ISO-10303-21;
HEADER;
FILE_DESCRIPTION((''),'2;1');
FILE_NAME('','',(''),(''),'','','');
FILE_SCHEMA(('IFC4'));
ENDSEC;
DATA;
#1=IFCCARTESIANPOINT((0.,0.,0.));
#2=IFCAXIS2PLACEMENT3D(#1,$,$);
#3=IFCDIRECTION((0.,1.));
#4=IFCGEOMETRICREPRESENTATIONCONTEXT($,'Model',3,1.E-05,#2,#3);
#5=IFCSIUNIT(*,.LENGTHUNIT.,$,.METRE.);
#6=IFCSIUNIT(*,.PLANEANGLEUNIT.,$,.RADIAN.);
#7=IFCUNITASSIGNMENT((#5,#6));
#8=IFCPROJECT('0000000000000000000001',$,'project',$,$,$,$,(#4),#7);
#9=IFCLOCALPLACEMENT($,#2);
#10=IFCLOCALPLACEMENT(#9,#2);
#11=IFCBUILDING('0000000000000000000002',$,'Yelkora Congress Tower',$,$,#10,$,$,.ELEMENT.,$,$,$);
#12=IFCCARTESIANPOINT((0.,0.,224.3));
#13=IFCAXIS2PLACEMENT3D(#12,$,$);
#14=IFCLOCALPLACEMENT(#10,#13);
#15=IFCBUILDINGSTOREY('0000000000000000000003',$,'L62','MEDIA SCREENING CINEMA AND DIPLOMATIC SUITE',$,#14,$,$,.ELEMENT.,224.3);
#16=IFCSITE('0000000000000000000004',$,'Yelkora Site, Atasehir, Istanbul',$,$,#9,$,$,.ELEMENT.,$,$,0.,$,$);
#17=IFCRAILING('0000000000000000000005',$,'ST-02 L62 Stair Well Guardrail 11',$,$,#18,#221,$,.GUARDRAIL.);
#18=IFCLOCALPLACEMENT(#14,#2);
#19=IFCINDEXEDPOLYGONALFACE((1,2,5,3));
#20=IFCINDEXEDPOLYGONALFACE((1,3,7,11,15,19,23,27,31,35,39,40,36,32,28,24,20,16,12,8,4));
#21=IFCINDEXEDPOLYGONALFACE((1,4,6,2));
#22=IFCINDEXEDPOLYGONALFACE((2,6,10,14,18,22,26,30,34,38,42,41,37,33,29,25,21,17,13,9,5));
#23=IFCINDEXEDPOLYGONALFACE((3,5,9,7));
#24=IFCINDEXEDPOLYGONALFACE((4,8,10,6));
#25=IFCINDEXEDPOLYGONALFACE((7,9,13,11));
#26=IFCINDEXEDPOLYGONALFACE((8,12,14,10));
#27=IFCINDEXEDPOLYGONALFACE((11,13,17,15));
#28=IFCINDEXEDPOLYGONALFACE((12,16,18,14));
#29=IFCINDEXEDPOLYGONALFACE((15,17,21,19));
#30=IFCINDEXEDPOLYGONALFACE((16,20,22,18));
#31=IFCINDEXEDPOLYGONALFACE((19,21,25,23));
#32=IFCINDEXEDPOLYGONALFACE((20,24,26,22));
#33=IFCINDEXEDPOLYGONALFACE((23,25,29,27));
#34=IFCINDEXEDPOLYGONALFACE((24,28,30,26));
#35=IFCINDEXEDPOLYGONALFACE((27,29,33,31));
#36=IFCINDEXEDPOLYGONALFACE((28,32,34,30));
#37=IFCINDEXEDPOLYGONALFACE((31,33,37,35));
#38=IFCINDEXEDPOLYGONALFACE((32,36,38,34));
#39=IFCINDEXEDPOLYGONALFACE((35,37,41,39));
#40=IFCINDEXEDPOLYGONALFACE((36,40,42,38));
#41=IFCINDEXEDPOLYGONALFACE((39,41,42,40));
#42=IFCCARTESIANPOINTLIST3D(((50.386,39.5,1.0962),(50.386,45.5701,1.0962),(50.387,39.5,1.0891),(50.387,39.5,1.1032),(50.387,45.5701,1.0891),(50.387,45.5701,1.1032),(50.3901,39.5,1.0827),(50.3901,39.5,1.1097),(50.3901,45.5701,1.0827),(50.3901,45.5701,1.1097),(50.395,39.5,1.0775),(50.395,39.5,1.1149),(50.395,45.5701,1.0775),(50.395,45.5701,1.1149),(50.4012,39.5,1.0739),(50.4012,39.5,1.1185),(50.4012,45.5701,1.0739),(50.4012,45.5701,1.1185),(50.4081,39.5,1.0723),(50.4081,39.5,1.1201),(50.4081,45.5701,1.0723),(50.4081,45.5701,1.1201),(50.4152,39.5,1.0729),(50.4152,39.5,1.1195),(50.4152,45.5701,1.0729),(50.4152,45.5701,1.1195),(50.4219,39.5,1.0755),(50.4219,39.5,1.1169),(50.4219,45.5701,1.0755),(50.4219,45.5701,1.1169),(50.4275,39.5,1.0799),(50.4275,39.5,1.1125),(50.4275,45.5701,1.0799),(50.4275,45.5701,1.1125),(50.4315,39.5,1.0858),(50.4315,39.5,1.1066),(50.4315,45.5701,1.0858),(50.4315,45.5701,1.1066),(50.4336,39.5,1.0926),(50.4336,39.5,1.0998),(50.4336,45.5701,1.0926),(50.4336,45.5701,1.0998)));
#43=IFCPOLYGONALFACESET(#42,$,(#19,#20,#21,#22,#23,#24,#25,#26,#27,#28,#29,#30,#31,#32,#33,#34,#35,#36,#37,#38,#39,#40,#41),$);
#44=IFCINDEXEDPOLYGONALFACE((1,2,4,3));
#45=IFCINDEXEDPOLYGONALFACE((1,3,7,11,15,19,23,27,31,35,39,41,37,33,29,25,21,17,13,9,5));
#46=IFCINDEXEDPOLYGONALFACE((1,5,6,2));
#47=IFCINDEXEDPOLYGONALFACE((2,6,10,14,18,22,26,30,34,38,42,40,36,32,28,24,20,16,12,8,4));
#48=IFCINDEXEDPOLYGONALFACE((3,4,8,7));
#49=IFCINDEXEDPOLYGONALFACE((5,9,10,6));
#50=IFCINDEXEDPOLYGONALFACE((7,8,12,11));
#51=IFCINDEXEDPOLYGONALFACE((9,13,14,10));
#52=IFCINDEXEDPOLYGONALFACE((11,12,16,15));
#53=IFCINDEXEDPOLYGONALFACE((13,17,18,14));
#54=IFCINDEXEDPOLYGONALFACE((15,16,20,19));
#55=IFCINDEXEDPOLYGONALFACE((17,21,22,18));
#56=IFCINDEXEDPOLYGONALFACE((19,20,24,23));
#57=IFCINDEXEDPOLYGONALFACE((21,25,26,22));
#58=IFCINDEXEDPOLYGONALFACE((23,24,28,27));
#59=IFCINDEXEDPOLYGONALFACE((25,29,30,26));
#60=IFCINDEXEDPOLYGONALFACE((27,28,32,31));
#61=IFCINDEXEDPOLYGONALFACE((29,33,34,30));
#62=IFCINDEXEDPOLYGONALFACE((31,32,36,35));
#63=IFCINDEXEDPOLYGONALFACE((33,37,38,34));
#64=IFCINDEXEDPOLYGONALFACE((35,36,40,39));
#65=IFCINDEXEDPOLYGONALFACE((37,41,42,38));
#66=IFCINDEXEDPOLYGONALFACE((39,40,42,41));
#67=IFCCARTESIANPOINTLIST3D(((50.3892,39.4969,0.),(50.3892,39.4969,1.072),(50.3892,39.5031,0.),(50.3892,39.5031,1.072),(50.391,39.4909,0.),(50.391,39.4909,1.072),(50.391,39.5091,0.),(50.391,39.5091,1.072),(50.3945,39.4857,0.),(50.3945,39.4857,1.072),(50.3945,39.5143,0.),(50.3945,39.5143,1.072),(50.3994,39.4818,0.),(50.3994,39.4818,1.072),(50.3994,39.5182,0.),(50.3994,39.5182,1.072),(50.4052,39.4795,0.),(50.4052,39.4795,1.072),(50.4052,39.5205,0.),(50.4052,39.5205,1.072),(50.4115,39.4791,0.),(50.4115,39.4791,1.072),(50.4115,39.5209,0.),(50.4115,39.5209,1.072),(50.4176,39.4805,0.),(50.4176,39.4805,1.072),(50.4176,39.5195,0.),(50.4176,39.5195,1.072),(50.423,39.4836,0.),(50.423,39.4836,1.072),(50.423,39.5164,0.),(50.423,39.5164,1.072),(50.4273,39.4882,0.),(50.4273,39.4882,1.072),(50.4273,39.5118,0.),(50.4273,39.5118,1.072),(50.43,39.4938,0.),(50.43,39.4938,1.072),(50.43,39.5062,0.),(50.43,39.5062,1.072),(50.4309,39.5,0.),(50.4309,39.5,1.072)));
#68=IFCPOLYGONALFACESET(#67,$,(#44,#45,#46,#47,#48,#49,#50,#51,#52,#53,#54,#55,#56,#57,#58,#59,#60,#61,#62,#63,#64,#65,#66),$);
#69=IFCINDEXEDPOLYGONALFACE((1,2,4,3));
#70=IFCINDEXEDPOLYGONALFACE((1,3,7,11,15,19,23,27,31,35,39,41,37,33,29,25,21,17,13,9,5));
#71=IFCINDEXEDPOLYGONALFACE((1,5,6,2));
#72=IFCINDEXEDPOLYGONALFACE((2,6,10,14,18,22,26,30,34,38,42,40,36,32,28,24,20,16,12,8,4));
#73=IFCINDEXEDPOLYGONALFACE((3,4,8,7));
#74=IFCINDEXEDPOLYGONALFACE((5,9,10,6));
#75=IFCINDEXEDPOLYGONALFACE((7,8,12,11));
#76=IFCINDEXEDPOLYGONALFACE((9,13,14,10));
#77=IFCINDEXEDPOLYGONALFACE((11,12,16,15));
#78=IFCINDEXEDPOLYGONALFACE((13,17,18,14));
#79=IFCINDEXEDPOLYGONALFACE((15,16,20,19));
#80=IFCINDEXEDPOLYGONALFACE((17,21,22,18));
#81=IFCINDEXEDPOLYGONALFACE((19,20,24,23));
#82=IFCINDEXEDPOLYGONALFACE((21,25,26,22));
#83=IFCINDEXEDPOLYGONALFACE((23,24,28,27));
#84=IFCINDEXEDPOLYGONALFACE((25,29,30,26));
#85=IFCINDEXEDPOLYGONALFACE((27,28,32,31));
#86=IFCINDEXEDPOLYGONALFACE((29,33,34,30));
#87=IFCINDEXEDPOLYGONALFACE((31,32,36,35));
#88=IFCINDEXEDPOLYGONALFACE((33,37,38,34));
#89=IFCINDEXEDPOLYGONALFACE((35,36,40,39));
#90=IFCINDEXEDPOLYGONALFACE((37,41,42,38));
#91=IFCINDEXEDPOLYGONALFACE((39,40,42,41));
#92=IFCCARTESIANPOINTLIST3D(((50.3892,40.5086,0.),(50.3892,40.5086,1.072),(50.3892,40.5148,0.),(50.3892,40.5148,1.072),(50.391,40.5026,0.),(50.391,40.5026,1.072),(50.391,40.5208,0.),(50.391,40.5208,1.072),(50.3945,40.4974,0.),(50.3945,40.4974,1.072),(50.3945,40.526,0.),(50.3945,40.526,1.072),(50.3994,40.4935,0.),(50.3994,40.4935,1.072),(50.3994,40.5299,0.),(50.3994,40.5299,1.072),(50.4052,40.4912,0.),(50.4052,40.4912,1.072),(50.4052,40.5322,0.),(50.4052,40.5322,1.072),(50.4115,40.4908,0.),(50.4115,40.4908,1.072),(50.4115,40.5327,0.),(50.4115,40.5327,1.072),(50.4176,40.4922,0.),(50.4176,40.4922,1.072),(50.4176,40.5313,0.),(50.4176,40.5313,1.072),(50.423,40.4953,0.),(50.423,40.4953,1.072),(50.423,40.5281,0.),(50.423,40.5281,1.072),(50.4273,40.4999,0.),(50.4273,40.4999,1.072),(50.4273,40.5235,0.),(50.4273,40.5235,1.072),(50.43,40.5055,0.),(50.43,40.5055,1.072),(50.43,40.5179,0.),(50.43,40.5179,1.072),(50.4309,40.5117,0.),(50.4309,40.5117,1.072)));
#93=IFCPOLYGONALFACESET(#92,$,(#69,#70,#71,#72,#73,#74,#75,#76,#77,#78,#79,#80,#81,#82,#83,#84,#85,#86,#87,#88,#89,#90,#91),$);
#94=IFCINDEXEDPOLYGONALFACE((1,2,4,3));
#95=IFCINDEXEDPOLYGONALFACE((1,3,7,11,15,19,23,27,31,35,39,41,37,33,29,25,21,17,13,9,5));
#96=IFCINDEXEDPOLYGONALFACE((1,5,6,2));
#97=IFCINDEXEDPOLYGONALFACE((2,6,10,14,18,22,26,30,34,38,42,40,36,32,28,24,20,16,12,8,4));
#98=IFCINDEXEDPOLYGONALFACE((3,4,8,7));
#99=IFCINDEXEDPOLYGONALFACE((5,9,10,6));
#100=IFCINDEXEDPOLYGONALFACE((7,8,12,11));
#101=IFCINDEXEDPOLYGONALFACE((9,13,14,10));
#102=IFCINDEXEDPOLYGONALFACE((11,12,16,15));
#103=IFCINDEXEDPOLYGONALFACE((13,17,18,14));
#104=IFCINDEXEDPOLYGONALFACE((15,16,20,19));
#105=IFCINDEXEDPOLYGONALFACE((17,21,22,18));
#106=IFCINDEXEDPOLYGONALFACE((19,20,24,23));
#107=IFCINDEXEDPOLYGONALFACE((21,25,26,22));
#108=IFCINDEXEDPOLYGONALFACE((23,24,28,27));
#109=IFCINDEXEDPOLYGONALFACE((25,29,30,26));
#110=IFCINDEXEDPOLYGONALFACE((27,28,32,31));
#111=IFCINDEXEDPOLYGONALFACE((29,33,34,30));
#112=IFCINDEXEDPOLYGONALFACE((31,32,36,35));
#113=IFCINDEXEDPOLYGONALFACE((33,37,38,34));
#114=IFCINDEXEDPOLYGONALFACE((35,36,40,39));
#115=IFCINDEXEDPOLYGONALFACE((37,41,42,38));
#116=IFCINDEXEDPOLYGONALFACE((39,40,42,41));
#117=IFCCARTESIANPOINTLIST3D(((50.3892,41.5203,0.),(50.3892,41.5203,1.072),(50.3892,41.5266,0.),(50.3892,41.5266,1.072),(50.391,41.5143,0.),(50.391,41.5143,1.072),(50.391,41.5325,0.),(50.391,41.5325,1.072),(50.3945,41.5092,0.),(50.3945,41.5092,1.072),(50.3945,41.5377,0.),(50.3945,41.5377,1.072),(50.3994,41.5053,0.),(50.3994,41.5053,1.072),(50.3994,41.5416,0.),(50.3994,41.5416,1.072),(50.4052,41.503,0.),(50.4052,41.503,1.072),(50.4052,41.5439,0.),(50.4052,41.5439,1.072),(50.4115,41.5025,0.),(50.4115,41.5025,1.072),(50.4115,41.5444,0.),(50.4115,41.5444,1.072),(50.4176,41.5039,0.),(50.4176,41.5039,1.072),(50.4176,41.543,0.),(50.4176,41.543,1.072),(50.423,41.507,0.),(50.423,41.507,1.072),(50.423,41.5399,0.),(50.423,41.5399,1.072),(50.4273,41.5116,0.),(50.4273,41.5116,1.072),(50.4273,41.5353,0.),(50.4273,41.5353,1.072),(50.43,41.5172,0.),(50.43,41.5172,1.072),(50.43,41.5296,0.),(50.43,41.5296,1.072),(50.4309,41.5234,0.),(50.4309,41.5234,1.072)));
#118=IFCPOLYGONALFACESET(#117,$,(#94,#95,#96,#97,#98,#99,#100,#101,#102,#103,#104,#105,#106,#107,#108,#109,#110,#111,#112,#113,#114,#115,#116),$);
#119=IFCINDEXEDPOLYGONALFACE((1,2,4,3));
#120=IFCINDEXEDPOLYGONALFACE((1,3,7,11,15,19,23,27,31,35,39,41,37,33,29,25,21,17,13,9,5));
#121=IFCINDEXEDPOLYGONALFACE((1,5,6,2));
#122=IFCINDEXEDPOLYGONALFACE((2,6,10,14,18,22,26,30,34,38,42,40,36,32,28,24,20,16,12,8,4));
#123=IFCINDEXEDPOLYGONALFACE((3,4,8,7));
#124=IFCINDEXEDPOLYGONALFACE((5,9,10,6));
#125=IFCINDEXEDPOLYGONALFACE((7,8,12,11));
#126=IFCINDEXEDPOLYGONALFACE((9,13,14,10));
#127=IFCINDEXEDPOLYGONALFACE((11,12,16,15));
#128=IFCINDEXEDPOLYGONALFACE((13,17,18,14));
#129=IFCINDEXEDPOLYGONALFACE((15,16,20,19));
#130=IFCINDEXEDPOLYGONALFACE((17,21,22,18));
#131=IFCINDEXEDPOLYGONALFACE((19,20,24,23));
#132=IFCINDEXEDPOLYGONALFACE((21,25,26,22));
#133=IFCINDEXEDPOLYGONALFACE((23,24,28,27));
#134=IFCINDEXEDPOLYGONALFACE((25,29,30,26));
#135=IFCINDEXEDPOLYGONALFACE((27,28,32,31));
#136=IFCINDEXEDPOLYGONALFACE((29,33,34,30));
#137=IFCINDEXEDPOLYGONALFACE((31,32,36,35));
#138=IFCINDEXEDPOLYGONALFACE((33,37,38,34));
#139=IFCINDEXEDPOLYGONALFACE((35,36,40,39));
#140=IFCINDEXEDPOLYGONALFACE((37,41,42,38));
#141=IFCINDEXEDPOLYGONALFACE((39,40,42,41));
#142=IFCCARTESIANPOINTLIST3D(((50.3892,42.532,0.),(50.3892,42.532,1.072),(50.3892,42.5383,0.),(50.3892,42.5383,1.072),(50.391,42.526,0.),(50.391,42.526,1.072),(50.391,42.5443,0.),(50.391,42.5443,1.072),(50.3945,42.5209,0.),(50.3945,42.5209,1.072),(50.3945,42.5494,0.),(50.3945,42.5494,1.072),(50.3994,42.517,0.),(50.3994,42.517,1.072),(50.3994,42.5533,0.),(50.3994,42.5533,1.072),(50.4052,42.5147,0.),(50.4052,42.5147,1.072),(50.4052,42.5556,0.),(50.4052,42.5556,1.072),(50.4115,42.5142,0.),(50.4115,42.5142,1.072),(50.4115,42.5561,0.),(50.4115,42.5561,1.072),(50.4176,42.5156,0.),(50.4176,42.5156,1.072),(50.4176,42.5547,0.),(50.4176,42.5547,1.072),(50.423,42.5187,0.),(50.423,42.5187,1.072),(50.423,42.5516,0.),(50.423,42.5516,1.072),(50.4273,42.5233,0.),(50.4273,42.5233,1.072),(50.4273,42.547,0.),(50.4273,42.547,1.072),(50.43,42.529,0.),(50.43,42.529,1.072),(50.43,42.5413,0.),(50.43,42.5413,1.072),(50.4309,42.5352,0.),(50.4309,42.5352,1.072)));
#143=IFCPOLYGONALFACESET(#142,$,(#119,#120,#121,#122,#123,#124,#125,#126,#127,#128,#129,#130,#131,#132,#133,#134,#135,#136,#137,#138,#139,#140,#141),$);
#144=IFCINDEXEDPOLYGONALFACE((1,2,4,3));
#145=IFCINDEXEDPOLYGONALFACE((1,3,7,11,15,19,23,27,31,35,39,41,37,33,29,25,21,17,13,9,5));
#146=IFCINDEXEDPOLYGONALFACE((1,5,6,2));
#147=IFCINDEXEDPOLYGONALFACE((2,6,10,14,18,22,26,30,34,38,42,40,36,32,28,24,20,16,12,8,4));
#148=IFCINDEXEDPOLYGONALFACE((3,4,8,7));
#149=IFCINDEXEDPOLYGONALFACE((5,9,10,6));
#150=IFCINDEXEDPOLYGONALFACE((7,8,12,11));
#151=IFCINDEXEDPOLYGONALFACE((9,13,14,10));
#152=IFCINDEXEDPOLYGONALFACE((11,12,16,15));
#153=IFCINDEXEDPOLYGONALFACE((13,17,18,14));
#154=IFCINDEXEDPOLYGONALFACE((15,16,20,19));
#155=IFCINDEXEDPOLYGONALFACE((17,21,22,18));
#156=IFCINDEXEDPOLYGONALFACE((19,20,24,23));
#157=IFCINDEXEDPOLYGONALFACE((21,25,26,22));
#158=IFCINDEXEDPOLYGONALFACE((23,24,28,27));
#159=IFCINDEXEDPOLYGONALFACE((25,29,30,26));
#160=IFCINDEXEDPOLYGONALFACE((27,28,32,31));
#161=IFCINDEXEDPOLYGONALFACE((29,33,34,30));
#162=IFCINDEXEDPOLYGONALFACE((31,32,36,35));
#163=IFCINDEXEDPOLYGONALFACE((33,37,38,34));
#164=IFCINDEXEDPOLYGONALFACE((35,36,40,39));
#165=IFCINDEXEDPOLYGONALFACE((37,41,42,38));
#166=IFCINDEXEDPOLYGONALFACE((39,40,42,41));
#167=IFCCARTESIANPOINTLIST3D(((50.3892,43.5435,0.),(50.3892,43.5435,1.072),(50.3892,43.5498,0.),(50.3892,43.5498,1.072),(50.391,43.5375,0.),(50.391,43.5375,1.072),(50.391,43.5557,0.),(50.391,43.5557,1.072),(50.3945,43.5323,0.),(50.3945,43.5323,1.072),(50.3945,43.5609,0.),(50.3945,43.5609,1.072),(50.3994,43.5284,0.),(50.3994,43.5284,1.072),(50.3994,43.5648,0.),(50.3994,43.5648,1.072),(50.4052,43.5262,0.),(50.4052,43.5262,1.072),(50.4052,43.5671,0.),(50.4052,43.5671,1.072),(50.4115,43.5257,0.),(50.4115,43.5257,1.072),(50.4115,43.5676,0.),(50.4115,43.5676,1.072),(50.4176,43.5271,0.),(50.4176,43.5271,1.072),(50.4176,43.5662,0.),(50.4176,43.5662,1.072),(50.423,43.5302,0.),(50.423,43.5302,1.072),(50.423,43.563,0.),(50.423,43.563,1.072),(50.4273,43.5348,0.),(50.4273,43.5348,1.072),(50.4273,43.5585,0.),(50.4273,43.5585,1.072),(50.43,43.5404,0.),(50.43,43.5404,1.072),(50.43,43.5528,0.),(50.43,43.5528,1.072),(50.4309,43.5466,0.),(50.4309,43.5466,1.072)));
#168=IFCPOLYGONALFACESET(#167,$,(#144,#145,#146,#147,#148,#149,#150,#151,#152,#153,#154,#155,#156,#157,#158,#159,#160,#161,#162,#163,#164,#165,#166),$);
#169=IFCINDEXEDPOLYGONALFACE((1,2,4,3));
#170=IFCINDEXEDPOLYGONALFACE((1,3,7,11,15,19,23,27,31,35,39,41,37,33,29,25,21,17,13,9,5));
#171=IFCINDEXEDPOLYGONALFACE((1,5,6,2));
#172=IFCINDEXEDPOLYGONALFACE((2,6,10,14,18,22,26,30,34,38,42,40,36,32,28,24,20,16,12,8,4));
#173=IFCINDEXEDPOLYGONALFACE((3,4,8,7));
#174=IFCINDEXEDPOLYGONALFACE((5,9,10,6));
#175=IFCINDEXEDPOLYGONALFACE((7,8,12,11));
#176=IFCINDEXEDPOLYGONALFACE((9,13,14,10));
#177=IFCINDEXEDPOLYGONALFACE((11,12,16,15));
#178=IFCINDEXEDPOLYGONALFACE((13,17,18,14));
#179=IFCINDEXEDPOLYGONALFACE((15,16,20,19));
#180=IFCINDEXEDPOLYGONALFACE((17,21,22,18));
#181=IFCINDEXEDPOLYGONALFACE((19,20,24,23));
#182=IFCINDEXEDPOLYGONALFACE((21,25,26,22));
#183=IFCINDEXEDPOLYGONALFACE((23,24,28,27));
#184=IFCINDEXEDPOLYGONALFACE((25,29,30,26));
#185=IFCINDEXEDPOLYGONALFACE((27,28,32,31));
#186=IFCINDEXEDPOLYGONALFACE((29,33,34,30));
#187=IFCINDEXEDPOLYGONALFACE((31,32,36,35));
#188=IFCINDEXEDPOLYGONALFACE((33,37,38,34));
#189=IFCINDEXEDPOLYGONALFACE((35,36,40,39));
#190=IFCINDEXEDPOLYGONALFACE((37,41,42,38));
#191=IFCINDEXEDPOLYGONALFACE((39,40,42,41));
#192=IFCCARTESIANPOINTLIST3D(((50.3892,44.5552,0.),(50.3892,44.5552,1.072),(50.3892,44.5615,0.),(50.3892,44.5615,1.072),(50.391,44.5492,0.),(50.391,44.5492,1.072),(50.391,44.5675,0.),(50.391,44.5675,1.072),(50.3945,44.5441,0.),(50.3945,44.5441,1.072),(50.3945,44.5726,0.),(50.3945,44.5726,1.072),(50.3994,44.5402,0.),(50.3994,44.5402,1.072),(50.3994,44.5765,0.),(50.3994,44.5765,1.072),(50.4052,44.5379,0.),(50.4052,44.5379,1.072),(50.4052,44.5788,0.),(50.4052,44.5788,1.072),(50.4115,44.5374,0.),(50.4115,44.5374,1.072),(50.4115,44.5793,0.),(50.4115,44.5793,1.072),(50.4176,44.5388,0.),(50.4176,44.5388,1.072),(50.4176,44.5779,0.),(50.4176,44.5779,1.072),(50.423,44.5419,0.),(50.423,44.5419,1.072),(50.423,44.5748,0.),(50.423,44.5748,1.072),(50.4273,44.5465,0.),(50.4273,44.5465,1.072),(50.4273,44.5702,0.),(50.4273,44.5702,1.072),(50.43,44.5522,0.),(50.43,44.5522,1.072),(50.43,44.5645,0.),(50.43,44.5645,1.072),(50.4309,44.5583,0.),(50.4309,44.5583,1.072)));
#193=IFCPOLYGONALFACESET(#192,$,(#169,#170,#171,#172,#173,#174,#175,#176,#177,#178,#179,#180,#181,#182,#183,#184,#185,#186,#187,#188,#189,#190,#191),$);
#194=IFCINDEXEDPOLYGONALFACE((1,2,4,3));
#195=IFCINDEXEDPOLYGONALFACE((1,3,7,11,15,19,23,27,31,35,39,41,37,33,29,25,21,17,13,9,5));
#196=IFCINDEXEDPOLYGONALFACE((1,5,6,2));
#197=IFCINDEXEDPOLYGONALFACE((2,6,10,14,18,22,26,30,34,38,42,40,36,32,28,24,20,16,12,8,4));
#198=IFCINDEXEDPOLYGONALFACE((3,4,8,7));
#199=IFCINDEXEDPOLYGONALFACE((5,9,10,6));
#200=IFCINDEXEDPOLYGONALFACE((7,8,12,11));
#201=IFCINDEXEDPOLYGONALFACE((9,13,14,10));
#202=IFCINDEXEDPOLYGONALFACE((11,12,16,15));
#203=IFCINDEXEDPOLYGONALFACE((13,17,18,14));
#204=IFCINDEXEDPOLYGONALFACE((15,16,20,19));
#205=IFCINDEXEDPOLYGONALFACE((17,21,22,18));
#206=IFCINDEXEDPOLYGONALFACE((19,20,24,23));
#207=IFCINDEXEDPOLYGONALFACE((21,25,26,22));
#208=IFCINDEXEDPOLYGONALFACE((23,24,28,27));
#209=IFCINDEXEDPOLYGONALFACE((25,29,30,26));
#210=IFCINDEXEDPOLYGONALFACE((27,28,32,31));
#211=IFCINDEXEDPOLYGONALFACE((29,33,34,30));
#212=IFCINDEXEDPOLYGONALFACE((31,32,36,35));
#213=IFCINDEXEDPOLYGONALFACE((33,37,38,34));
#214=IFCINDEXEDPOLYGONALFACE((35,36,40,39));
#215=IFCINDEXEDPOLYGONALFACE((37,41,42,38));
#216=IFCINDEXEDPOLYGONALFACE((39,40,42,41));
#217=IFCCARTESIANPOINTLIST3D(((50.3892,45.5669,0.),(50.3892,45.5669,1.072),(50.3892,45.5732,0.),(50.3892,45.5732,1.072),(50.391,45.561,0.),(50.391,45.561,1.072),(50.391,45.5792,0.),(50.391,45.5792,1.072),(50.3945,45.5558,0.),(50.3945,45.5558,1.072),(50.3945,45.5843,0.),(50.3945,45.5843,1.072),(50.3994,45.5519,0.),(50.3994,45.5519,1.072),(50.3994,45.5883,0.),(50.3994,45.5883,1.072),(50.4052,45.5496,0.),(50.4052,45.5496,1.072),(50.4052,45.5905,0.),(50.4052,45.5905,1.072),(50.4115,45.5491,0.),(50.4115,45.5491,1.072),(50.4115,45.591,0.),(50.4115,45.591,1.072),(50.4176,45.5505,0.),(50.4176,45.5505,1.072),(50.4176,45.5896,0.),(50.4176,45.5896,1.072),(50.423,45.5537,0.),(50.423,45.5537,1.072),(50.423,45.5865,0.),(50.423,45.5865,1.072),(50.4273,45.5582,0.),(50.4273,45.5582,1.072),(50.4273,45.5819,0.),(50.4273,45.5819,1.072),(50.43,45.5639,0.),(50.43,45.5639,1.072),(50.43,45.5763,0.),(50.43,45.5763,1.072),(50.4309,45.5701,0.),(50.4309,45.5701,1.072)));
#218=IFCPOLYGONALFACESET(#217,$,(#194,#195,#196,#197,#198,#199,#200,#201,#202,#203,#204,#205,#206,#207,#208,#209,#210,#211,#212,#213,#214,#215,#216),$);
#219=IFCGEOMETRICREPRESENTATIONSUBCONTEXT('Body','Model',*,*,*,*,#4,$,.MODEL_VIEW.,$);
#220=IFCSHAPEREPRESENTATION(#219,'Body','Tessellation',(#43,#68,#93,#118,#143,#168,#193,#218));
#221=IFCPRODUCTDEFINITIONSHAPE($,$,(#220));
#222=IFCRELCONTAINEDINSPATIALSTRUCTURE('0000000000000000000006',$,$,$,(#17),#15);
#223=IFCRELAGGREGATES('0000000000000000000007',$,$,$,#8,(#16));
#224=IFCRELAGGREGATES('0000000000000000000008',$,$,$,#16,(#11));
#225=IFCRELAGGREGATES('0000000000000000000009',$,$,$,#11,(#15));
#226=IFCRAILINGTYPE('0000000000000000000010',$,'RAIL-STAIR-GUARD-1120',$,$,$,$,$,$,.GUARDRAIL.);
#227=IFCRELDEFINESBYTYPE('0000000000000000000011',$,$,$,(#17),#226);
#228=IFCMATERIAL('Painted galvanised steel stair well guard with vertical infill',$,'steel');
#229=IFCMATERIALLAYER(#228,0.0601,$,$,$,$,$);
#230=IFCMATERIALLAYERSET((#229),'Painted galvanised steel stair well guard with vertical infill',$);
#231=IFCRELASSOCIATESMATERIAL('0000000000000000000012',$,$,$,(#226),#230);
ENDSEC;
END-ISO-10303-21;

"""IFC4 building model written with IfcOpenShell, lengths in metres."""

from ifc_helpers import new_model, si_unit, direction, frame, origin, origin_2d, place, context, subcontext, project, spatial, circle, extrude, material, layer, layer_set, type_object, element, save


model = new_model("IFC4")

# Units and contexts
model_context = context("Model", 3, precision=1e-05, world=origin(), true_north=direction((0.0, 1.0)))
body_context = subcontext(model_context, "Body", "Model", "MODEL_VIEW")
ifc_project = project(units=[si_unit("LENGTHUNIT", "METRE"), si_unit("PLANEANGLEUNIT", "RADIAN")], contexts=[model_context])

# Site, building, storey
site_placement = place(None, origin())
site = spatial("IfcSite", under=ifc_project, at=site_placement, Name="Yelkora Site, Atasehir, Istanbul", CompositionType="ELEMENT", RefElevation=0.0)
building_placement = place(site_placement, origin())
building = spatial("IfcBuilding", under=site, at=building_placement, Name="Yelkora Congress Tower", CompositionType="ELEMENT")
storey_placement = place(building_placement, frame((0.0, 0.0, 224.3)))
storey = spatial("IfcBuildingStorey", under=building, at=storey_placement, Name="L62", Description="MEDIA SCREENING CINEMA AND DIPLOMATIC SUITE", CompositionType="ELEMENT", Elevation=224.3)

# Railing
ifc_material_1 = material(Name="Painted galvanised steel stair well guard with vertical infill", Category="steel")
ifc_layer_1 = layer(ifc_material_1, 0.0601)
ifc_layer_set_1 = layer_set([ifc_layer_1], Name="Painted galvanised steel stair well guard with vertical infill")
railing_type_1 = type_object("IfcRailingType", Name="RAIL-STAIR-GUARD-1120", PredefinedType="GUARDRAIL", material=ifc_layer_set_1)
railing_1_placement = place(storey_placement, frame((50.4099, 39.5, 0.0)))
element("IfcRailing", 1, at=railing_1_placement, inside=storey, type_object=railing_type_1, Name="ST-02 L62 Stair Well Guardrail 11", PredefinedType="GUARDRAIL", context=body_context, shape_type="SweptSolid", body=[
    extrude(circle(Radius=0.0239, at=origin_2d()), frame((0.0, 0.0, 1.0962), z_axis=(0.0, 1.0, 0.0), x_axis=(-1.0, 0.0, 0.0)), (0.0, 0.0, 1.0), 6.0701),
    extrude(circle(Radius=0.021, at=origin_2d()), origin(), (0.0, 0.0, 1.0), 1.072),
    extrude(circle(Radius=0.021, at=origin_2d()), frame((0.0, 1.0117, 0.0)), (0.0, 0.0, 1.0), 1.072),
    extrude(circle(Radius=0.021, at=origin_2d()), frame((0.0, 2.0234, 0.0)), (0.0, 0.0, 1.0), 1.072),
    extrude(circle(Radius=0.021, at=origin_2d()), frame((0.0, 3.0352, 0.0)), (0.0, 0.0, 1.0), 1.072),
    extrude(circle(Radius=0.021, at=origin_2d()), frame((0.0, 4.0466, 0.0)), (0.0, 0.0, 1.0), 1.072),
    extrude(circle(Radius=0.021, at=origin_2d()), frame((0.0, 5.0583, 0.0)), (0.0, 0.0, 1.0), 1.072),
    extrude(circle(Radius=0.021, at=origin_2d()), frame((0.0, 6.0701, 0.0)), (0.0, 0.0, 1.0), 1.072),
])

save(model, "model.ifc")
